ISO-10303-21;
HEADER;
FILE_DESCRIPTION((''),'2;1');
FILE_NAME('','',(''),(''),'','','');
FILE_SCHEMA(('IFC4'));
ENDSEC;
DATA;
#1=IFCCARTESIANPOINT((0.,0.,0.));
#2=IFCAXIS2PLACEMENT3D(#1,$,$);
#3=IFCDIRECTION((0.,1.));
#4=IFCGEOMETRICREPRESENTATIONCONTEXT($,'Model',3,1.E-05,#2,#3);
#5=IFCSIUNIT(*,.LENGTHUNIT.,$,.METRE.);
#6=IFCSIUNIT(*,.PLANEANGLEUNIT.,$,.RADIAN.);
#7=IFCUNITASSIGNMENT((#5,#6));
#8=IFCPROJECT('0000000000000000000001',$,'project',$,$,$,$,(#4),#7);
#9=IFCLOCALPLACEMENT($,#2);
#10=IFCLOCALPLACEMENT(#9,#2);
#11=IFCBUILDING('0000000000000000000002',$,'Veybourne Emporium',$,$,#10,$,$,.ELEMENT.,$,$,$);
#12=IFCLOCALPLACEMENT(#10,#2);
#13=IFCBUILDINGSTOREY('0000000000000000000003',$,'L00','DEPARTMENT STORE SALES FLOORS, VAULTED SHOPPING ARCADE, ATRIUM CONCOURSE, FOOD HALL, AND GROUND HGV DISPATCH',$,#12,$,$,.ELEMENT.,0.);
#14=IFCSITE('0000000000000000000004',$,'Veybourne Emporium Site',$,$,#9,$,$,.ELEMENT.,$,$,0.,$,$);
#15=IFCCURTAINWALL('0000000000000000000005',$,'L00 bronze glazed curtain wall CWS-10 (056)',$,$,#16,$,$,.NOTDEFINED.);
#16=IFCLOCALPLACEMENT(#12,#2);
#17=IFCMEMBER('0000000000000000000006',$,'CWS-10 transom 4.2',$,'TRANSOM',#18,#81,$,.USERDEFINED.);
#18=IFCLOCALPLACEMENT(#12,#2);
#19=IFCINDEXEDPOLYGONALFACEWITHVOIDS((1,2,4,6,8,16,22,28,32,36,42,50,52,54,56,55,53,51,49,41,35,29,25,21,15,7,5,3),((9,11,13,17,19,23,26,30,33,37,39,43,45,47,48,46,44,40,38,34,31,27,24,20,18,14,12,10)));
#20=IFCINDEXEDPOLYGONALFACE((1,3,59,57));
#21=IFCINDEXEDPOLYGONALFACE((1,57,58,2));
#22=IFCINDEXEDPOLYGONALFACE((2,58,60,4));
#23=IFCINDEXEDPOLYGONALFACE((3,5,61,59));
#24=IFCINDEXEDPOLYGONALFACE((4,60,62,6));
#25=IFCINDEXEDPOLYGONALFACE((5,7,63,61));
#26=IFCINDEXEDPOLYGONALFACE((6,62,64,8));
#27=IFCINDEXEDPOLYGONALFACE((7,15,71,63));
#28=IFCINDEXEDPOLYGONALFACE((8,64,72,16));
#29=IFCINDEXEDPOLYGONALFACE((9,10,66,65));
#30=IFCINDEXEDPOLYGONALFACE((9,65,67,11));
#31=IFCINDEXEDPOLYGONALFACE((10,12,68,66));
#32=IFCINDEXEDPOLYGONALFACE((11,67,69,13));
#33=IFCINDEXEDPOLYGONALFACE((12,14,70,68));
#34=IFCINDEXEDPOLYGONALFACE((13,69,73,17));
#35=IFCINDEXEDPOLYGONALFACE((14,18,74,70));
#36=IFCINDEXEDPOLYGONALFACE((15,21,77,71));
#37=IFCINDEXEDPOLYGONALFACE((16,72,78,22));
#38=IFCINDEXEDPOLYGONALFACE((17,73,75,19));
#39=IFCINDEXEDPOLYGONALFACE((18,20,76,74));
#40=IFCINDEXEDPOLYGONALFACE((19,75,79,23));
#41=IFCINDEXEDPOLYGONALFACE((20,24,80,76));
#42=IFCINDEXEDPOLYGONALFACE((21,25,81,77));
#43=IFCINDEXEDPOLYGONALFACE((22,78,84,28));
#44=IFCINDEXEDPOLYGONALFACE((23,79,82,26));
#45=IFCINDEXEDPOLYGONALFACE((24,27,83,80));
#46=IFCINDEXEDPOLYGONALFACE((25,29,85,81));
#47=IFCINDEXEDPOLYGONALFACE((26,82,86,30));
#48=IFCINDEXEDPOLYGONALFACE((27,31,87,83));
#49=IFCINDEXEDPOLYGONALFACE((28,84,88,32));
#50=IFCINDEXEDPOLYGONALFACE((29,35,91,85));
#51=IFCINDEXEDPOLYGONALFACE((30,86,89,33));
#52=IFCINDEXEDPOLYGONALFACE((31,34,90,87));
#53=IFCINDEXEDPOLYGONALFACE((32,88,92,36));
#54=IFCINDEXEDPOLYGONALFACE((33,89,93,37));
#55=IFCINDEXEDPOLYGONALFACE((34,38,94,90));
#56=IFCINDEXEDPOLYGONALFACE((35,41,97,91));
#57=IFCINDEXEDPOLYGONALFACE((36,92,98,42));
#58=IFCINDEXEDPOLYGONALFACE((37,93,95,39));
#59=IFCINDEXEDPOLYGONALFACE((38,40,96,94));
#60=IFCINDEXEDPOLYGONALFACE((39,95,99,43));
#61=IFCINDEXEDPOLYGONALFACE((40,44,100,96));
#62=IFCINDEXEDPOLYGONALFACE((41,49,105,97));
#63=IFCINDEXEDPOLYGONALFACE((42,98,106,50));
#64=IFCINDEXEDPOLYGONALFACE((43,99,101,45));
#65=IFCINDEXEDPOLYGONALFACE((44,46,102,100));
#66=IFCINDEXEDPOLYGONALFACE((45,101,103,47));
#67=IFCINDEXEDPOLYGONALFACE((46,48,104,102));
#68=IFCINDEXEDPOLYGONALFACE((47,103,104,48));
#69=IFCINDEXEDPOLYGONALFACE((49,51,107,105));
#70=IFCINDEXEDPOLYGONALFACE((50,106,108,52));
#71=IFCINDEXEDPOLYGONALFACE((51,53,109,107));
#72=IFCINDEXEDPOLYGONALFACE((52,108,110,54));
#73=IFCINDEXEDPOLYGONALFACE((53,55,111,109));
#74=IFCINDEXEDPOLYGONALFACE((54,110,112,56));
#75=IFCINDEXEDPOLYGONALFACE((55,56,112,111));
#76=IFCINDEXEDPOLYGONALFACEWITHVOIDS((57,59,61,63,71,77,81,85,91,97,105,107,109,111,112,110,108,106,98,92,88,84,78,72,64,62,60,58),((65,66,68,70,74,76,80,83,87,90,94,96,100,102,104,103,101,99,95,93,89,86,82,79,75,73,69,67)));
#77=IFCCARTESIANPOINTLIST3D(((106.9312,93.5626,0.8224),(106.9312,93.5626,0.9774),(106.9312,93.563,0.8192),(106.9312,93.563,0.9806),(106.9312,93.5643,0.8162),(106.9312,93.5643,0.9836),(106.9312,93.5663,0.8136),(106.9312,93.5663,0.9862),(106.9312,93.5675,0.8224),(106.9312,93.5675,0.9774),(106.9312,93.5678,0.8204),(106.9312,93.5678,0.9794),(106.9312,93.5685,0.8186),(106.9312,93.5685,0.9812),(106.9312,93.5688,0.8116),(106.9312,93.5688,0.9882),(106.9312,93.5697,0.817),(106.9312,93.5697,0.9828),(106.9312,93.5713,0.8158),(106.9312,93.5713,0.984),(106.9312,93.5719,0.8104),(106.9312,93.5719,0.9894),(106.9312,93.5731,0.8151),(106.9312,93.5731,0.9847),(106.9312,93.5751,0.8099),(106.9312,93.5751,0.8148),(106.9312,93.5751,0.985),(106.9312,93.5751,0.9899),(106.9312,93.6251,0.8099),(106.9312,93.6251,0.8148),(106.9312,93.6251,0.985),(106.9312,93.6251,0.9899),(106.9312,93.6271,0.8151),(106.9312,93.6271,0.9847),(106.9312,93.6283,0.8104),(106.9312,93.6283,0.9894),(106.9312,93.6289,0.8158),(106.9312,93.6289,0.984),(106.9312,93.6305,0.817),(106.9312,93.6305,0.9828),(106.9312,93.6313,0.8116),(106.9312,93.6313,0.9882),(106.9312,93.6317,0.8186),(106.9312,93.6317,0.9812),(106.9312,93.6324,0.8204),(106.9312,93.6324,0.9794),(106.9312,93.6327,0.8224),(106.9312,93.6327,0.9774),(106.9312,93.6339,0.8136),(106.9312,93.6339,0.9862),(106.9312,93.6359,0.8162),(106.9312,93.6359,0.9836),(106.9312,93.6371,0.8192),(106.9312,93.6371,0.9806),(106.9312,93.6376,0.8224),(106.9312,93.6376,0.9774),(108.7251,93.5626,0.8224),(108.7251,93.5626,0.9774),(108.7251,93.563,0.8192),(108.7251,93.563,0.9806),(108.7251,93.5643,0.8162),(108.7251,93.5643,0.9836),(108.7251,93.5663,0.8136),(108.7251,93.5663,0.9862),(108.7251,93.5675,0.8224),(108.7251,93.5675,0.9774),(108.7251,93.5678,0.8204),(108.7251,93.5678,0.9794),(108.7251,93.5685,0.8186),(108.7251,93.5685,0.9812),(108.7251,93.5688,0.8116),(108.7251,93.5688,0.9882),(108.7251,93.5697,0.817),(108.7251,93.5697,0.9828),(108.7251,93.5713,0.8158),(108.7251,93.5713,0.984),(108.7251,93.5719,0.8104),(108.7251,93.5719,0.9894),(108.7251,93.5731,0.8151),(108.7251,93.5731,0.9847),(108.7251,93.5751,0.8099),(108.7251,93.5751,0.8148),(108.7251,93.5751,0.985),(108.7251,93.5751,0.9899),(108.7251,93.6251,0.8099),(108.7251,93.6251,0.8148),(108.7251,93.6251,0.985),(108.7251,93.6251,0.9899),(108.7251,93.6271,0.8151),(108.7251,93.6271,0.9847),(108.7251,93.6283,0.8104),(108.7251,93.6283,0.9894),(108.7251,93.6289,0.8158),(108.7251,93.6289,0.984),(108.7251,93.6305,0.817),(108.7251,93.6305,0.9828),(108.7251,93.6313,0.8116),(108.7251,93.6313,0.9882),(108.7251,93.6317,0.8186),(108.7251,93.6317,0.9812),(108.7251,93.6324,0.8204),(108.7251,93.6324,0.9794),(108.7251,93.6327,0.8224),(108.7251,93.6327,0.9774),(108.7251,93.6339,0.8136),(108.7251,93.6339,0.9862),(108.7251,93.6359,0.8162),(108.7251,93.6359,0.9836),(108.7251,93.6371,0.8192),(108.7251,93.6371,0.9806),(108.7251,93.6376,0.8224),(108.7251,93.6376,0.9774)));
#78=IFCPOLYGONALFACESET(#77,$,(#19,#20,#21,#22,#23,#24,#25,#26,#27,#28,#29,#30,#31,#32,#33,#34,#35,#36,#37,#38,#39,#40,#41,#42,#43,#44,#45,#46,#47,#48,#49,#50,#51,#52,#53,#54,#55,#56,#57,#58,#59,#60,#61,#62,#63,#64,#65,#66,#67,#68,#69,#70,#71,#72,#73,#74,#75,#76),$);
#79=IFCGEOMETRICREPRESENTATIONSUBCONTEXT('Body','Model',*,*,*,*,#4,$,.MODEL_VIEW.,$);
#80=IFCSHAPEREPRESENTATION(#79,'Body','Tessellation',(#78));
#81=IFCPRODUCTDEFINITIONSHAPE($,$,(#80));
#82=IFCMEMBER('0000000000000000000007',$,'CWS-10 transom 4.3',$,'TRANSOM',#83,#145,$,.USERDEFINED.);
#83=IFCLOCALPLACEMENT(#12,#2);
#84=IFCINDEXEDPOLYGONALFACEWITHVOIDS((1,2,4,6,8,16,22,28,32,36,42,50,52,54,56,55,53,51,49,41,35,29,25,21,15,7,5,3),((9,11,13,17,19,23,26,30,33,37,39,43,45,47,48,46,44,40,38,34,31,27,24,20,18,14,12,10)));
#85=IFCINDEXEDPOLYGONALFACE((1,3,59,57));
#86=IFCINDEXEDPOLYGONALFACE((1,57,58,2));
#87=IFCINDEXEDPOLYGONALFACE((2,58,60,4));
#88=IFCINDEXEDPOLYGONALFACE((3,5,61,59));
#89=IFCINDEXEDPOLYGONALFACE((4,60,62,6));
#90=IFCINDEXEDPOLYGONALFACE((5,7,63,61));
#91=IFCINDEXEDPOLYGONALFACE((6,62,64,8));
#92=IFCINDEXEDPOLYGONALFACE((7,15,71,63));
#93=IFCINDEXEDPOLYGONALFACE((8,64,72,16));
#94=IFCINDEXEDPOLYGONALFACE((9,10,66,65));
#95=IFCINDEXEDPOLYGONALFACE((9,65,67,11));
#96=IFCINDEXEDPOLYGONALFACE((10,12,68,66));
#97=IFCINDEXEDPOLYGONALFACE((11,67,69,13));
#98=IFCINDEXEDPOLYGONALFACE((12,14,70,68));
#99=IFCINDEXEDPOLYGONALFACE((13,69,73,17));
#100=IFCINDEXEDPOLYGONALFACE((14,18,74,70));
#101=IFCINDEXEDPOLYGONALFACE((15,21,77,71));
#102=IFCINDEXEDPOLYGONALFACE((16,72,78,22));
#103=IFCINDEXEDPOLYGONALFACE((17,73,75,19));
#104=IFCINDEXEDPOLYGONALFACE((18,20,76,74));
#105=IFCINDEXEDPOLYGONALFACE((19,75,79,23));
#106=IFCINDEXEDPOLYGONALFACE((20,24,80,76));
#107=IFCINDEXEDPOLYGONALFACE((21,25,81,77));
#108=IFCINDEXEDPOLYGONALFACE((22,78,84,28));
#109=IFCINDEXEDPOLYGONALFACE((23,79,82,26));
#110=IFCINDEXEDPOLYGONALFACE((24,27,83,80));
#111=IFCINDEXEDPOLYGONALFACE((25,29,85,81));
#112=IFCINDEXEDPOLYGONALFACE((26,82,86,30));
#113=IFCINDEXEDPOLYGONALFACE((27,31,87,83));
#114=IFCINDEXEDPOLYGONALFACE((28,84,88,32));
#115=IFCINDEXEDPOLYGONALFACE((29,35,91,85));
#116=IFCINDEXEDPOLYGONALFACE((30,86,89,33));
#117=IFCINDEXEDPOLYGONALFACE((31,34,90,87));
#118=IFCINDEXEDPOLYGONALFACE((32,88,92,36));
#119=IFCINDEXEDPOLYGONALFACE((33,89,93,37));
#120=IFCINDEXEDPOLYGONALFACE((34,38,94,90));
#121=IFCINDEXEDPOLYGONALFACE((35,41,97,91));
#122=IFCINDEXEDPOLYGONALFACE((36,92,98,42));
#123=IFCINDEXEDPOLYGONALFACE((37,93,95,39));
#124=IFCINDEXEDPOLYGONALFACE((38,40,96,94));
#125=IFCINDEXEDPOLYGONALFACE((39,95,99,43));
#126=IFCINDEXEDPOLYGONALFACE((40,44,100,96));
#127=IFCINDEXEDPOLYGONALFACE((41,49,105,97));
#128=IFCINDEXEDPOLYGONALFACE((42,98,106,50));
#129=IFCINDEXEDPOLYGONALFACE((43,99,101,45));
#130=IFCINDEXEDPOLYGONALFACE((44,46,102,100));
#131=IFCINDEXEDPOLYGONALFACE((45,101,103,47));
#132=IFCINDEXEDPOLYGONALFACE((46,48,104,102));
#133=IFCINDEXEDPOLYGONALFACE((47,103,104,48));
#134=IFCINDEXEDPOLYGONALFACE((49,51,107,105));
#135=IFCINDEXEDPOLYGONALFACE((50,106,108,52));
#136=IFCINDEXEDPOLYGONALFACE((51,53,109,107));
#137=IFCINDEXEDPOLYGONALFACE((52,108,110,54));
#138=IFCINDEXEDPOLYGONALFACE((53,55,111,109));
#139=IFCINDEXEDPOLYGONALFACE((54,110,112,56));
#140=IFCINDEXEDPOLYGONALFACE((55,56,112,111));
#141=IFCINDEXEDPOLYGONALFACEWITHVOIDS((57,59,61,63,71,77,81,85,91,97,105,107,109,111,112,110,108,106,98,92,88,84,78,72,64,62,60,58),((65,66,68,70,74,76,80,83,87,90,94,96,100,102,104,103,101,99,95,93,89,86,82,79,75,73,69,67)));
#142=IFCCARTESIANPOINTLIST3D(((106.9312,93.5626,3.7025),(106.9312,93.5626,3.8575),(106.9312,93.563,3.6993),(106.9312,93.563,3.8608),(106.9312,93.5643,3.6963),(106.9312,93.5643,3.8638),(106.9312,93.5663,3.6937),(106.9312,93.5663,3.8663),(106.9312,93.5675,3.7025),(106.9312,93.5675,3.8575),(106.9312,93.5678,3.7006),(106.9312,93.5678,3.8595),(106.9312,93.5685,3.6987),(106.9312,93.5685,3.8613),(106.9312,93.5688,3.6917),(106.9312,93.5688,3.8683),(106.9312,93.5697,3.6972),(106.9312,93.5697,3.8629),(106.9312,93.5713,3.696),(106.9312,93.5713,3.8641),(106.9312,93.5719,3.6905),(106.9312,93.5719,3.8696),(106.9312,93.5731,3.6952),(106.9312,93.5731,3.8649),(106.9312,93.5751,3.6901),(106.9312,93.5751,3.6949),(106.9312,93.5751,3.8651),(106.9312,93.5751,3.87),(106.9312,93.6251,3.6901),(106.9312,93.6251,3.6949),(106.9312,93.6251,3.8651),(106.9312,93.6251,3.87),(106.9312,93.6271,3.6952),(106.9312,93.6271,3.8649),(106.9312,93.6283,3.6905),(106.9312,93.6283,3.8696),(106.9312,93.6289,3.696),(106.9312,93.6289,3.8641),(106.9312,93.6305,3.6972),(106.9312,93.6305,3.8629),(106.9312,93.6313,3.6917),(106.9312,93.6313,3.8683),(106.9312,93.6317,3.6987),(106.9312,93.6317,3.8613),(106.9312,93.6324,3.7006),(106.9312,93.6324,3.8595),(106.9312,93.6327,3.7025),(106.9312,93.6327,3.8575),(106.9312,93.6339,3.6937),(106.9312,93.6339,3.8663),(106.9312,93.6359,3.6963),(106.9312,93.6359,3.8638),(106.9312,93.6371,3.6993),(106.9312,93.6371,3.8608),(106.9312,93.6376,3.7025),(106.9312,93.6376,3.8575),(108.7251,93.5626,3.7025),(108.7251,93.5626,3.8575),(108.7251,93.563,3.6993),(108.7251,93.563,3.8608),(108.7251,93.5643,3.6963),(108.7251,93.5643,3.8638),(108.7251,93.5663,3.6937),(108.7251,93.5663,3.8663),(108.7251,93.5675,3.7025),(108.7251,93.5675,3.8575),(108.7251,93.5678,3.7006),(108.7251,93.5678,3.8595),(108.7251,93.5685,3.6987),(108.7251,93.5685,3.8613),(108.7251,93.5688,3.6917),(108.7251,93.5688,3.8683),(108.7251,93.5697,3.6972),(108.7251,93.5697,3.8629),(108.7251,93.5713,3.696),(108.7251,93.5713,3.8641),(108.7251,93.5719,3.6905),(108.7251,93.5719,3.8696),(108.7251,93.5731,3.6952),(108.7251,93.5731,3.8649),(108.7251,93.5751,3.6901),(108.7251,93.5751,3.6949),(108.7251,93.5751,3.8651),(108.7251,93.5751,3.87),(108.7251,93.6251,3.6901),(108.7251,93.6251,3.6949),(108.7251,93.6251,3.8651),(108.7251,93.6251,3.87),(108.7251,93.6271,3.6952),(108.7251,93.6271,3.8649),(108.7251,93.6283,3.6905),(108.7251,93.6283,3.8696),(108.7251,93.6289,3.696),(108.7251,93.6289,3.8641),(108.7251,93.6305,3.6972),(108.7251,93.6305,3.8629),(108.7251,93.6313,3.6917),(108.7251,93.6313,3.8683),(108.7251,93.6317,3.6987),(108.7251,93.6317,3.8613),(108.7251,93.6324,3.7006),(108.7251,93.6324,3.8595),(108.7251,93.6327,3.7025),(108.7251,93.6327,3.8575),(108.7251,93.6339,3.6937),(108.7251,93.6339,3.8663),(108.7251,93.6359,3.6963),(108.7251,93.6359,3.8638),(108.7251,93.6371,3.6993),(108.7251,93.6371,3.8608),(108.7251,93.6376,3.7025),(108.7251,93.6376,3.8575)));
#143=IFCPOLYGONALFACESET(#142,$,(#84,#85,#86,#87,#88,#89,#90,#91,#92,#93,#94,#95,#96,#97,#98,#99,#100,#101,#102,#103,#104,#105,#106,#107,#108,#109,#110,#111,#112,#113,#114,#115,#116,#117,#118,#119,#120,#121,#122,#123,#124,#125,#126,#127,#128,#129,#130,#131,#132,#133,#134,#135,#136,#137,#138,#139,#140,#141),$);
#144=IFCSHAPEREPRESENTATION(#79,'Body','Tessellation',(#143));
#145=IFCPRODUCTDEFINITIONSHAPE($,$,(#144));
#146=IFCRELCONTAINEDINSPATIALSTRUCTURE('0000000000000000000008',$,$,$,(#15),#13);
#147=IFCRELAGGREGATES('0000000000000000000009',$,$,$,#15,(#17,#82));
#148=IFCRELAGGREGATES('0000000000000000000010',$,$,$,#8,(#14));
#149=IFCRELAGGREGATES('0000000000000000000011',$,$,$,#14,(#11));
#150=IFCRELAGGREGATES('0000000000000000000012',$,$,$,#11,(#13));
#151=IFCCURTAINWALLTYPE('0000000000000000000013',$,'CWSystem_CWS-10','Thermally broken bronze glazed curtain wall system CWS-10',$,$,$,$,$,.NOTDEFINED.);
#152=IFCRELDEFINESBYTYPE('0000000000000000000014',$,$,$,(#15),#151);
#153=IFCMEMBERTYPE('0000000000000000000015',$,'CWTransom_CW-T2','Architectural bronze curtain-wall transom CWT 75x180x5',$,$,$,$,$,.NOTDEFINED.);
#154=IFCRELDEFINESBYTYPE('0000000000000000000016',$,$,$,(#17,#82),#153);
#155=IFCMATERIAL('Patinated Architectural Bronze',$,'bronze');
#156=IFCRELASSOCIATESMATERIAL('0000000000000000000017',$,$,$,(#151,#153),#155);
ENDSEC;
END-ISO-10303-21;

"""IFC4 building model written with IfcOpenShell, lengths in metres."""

from ifc_helpers import new_model, si_unit, direction, frame, origin, origin_2d, place, context, subcontext, project, spatial, hollow_rectangle, extrude, material, material_profile, profile_set, type_object, element, aggregate, save


model = new_model("IFC4")

# Units and contexts
model_context = context("Model", 3, precision=1e-05, world=origin(), true_north=direction((0.0, 1.0)))
body_context = subcontext(model_context, "Body", "Model", "MODEL_VIEW")
ifc_project = project(units=[si_unit("LENGTHUNIT", "METRE"), si_unit("PLANEANGLEUNIT", "RADIAN")], contexts=[model_context])

# Site, building, storey
site_placement = place(None, origin())
site = spatial("IfcSite", under=ifc_project, at=site_placement, Name="Veybourne Emporium Site", CompositionType="ELEMENT", RefElevation=0.0)
building_placement = place(site_placement, origin())
building = spatial("IfcBuilding", under=site, at=building_placement, Name="Veybourne Emporium", CompositionType="ELEMENT")
storey_placement = place(building_placement, origin())
storey = spatial("IfcBuildingStorey", under=building, at=storey_placement, Name="L00", Description="DEPARTMENT STORE SALES FLOORS, VAULTED SHOPPING ARCADE, ATRIUM CONCOURSE, FOOD HALL, AND GROUND HGV DISPATCH", CompositionType="ELEMENT", Elevation=0.0)

# Curtain wall, members
ifc_material_1 = material(Name="Patinated Architectural Bronze", Category="bronze")
curtain_wall_type = type_object("IfcCurtainWallType", Name="CWSystem_CWS-10", Description="Thermally broken bronze glazed curtain wall system CWS-10", PredefinedType="NOTDEFINED", material=ifc_material_1)
curtain_wall_placement = place(storey_placement, origin())
curtain_wall = element("IfcCurtainWall", 1, at=curtain_wall_placement, inside=storey, type_object=curtain_wall_type, Name="L00 bronze glazed curtain wall CWS-10 (056)", PredefinedType="NOTDEFINED")
ifc_material_profile_1 = material_profile(ifc_material_1, hollow_rectangle(XDim=0.075, YDim=0.1799, WallThickness=0.0049, InnerFilletRadius=0.0076, OuterFilletRadius=0.0125, at=origin_2d()), Name="CWT 75x180x5")
ifc_profile_set_1 = profile_set([ifc_material_profile_1], Name="Patinated Architectural Bronze")
member_type_1 = type_object("IfcMemberType", Name="CWTransom_CW-T2", Description="Architectural bronze curtain-wall transom CWT 75x180x5", PredefinedType="NOTDEFINED", material=ifc_profile_set_1)
member_1_placement = place(storey_placement, frame((106.9312, 93.6001, 0.8999), z_axis=(1.0, 0.0, 0.0), x_axis=(0.0, 1.0, 0.0)))
member_1 = element("IfcMember", 2, at=member_1_placement, type_object=member_type_1, Name="CWS-10 transom 4.2", ObjectType="TRANSOM", PredefinedType="USERDEFINED", context=body_context, shape_type="SweptSolid", body=[
    extrude(hollow_rectangle(XDim=0.075, YDim=0.1799, WallThickness=0.0049, InnerFilletRadius=0.0076, OuterFilletRadius=0.0125, at=origin_2d()), origin(), (0.0, 0.0, 1.0), 1.7939),
])
member_2_placement = place(storey_placement, frame((106.9312, 93.6001, 3.78), z_axis=(1.0, 0.0, 0.0), x_axis=(0.0, 1.0, 0.0)))
member_2 = element("IfcMember", 3, at=member_2_placement, type_object=member_type_1, Name="CWS-10 transom 4.3", ObjectType="TRANSOM", PredefinedType="USERDEFINED", context=body_context, shape_type="SweptSolid", body=[
    extrude(hollow_rectangle(XDim=0.075, YDim=0.1799, WallThickness=0.0049, InnerFilletRadius=0.0076, OuterFilletRadius=0.0125, at=origin_2d()), origin(), (0.0, 0.0, 1.0), 1.7939),
])

aggregate(curtain_wall, [member_1, member_2])

save(model, "model.ifc")
